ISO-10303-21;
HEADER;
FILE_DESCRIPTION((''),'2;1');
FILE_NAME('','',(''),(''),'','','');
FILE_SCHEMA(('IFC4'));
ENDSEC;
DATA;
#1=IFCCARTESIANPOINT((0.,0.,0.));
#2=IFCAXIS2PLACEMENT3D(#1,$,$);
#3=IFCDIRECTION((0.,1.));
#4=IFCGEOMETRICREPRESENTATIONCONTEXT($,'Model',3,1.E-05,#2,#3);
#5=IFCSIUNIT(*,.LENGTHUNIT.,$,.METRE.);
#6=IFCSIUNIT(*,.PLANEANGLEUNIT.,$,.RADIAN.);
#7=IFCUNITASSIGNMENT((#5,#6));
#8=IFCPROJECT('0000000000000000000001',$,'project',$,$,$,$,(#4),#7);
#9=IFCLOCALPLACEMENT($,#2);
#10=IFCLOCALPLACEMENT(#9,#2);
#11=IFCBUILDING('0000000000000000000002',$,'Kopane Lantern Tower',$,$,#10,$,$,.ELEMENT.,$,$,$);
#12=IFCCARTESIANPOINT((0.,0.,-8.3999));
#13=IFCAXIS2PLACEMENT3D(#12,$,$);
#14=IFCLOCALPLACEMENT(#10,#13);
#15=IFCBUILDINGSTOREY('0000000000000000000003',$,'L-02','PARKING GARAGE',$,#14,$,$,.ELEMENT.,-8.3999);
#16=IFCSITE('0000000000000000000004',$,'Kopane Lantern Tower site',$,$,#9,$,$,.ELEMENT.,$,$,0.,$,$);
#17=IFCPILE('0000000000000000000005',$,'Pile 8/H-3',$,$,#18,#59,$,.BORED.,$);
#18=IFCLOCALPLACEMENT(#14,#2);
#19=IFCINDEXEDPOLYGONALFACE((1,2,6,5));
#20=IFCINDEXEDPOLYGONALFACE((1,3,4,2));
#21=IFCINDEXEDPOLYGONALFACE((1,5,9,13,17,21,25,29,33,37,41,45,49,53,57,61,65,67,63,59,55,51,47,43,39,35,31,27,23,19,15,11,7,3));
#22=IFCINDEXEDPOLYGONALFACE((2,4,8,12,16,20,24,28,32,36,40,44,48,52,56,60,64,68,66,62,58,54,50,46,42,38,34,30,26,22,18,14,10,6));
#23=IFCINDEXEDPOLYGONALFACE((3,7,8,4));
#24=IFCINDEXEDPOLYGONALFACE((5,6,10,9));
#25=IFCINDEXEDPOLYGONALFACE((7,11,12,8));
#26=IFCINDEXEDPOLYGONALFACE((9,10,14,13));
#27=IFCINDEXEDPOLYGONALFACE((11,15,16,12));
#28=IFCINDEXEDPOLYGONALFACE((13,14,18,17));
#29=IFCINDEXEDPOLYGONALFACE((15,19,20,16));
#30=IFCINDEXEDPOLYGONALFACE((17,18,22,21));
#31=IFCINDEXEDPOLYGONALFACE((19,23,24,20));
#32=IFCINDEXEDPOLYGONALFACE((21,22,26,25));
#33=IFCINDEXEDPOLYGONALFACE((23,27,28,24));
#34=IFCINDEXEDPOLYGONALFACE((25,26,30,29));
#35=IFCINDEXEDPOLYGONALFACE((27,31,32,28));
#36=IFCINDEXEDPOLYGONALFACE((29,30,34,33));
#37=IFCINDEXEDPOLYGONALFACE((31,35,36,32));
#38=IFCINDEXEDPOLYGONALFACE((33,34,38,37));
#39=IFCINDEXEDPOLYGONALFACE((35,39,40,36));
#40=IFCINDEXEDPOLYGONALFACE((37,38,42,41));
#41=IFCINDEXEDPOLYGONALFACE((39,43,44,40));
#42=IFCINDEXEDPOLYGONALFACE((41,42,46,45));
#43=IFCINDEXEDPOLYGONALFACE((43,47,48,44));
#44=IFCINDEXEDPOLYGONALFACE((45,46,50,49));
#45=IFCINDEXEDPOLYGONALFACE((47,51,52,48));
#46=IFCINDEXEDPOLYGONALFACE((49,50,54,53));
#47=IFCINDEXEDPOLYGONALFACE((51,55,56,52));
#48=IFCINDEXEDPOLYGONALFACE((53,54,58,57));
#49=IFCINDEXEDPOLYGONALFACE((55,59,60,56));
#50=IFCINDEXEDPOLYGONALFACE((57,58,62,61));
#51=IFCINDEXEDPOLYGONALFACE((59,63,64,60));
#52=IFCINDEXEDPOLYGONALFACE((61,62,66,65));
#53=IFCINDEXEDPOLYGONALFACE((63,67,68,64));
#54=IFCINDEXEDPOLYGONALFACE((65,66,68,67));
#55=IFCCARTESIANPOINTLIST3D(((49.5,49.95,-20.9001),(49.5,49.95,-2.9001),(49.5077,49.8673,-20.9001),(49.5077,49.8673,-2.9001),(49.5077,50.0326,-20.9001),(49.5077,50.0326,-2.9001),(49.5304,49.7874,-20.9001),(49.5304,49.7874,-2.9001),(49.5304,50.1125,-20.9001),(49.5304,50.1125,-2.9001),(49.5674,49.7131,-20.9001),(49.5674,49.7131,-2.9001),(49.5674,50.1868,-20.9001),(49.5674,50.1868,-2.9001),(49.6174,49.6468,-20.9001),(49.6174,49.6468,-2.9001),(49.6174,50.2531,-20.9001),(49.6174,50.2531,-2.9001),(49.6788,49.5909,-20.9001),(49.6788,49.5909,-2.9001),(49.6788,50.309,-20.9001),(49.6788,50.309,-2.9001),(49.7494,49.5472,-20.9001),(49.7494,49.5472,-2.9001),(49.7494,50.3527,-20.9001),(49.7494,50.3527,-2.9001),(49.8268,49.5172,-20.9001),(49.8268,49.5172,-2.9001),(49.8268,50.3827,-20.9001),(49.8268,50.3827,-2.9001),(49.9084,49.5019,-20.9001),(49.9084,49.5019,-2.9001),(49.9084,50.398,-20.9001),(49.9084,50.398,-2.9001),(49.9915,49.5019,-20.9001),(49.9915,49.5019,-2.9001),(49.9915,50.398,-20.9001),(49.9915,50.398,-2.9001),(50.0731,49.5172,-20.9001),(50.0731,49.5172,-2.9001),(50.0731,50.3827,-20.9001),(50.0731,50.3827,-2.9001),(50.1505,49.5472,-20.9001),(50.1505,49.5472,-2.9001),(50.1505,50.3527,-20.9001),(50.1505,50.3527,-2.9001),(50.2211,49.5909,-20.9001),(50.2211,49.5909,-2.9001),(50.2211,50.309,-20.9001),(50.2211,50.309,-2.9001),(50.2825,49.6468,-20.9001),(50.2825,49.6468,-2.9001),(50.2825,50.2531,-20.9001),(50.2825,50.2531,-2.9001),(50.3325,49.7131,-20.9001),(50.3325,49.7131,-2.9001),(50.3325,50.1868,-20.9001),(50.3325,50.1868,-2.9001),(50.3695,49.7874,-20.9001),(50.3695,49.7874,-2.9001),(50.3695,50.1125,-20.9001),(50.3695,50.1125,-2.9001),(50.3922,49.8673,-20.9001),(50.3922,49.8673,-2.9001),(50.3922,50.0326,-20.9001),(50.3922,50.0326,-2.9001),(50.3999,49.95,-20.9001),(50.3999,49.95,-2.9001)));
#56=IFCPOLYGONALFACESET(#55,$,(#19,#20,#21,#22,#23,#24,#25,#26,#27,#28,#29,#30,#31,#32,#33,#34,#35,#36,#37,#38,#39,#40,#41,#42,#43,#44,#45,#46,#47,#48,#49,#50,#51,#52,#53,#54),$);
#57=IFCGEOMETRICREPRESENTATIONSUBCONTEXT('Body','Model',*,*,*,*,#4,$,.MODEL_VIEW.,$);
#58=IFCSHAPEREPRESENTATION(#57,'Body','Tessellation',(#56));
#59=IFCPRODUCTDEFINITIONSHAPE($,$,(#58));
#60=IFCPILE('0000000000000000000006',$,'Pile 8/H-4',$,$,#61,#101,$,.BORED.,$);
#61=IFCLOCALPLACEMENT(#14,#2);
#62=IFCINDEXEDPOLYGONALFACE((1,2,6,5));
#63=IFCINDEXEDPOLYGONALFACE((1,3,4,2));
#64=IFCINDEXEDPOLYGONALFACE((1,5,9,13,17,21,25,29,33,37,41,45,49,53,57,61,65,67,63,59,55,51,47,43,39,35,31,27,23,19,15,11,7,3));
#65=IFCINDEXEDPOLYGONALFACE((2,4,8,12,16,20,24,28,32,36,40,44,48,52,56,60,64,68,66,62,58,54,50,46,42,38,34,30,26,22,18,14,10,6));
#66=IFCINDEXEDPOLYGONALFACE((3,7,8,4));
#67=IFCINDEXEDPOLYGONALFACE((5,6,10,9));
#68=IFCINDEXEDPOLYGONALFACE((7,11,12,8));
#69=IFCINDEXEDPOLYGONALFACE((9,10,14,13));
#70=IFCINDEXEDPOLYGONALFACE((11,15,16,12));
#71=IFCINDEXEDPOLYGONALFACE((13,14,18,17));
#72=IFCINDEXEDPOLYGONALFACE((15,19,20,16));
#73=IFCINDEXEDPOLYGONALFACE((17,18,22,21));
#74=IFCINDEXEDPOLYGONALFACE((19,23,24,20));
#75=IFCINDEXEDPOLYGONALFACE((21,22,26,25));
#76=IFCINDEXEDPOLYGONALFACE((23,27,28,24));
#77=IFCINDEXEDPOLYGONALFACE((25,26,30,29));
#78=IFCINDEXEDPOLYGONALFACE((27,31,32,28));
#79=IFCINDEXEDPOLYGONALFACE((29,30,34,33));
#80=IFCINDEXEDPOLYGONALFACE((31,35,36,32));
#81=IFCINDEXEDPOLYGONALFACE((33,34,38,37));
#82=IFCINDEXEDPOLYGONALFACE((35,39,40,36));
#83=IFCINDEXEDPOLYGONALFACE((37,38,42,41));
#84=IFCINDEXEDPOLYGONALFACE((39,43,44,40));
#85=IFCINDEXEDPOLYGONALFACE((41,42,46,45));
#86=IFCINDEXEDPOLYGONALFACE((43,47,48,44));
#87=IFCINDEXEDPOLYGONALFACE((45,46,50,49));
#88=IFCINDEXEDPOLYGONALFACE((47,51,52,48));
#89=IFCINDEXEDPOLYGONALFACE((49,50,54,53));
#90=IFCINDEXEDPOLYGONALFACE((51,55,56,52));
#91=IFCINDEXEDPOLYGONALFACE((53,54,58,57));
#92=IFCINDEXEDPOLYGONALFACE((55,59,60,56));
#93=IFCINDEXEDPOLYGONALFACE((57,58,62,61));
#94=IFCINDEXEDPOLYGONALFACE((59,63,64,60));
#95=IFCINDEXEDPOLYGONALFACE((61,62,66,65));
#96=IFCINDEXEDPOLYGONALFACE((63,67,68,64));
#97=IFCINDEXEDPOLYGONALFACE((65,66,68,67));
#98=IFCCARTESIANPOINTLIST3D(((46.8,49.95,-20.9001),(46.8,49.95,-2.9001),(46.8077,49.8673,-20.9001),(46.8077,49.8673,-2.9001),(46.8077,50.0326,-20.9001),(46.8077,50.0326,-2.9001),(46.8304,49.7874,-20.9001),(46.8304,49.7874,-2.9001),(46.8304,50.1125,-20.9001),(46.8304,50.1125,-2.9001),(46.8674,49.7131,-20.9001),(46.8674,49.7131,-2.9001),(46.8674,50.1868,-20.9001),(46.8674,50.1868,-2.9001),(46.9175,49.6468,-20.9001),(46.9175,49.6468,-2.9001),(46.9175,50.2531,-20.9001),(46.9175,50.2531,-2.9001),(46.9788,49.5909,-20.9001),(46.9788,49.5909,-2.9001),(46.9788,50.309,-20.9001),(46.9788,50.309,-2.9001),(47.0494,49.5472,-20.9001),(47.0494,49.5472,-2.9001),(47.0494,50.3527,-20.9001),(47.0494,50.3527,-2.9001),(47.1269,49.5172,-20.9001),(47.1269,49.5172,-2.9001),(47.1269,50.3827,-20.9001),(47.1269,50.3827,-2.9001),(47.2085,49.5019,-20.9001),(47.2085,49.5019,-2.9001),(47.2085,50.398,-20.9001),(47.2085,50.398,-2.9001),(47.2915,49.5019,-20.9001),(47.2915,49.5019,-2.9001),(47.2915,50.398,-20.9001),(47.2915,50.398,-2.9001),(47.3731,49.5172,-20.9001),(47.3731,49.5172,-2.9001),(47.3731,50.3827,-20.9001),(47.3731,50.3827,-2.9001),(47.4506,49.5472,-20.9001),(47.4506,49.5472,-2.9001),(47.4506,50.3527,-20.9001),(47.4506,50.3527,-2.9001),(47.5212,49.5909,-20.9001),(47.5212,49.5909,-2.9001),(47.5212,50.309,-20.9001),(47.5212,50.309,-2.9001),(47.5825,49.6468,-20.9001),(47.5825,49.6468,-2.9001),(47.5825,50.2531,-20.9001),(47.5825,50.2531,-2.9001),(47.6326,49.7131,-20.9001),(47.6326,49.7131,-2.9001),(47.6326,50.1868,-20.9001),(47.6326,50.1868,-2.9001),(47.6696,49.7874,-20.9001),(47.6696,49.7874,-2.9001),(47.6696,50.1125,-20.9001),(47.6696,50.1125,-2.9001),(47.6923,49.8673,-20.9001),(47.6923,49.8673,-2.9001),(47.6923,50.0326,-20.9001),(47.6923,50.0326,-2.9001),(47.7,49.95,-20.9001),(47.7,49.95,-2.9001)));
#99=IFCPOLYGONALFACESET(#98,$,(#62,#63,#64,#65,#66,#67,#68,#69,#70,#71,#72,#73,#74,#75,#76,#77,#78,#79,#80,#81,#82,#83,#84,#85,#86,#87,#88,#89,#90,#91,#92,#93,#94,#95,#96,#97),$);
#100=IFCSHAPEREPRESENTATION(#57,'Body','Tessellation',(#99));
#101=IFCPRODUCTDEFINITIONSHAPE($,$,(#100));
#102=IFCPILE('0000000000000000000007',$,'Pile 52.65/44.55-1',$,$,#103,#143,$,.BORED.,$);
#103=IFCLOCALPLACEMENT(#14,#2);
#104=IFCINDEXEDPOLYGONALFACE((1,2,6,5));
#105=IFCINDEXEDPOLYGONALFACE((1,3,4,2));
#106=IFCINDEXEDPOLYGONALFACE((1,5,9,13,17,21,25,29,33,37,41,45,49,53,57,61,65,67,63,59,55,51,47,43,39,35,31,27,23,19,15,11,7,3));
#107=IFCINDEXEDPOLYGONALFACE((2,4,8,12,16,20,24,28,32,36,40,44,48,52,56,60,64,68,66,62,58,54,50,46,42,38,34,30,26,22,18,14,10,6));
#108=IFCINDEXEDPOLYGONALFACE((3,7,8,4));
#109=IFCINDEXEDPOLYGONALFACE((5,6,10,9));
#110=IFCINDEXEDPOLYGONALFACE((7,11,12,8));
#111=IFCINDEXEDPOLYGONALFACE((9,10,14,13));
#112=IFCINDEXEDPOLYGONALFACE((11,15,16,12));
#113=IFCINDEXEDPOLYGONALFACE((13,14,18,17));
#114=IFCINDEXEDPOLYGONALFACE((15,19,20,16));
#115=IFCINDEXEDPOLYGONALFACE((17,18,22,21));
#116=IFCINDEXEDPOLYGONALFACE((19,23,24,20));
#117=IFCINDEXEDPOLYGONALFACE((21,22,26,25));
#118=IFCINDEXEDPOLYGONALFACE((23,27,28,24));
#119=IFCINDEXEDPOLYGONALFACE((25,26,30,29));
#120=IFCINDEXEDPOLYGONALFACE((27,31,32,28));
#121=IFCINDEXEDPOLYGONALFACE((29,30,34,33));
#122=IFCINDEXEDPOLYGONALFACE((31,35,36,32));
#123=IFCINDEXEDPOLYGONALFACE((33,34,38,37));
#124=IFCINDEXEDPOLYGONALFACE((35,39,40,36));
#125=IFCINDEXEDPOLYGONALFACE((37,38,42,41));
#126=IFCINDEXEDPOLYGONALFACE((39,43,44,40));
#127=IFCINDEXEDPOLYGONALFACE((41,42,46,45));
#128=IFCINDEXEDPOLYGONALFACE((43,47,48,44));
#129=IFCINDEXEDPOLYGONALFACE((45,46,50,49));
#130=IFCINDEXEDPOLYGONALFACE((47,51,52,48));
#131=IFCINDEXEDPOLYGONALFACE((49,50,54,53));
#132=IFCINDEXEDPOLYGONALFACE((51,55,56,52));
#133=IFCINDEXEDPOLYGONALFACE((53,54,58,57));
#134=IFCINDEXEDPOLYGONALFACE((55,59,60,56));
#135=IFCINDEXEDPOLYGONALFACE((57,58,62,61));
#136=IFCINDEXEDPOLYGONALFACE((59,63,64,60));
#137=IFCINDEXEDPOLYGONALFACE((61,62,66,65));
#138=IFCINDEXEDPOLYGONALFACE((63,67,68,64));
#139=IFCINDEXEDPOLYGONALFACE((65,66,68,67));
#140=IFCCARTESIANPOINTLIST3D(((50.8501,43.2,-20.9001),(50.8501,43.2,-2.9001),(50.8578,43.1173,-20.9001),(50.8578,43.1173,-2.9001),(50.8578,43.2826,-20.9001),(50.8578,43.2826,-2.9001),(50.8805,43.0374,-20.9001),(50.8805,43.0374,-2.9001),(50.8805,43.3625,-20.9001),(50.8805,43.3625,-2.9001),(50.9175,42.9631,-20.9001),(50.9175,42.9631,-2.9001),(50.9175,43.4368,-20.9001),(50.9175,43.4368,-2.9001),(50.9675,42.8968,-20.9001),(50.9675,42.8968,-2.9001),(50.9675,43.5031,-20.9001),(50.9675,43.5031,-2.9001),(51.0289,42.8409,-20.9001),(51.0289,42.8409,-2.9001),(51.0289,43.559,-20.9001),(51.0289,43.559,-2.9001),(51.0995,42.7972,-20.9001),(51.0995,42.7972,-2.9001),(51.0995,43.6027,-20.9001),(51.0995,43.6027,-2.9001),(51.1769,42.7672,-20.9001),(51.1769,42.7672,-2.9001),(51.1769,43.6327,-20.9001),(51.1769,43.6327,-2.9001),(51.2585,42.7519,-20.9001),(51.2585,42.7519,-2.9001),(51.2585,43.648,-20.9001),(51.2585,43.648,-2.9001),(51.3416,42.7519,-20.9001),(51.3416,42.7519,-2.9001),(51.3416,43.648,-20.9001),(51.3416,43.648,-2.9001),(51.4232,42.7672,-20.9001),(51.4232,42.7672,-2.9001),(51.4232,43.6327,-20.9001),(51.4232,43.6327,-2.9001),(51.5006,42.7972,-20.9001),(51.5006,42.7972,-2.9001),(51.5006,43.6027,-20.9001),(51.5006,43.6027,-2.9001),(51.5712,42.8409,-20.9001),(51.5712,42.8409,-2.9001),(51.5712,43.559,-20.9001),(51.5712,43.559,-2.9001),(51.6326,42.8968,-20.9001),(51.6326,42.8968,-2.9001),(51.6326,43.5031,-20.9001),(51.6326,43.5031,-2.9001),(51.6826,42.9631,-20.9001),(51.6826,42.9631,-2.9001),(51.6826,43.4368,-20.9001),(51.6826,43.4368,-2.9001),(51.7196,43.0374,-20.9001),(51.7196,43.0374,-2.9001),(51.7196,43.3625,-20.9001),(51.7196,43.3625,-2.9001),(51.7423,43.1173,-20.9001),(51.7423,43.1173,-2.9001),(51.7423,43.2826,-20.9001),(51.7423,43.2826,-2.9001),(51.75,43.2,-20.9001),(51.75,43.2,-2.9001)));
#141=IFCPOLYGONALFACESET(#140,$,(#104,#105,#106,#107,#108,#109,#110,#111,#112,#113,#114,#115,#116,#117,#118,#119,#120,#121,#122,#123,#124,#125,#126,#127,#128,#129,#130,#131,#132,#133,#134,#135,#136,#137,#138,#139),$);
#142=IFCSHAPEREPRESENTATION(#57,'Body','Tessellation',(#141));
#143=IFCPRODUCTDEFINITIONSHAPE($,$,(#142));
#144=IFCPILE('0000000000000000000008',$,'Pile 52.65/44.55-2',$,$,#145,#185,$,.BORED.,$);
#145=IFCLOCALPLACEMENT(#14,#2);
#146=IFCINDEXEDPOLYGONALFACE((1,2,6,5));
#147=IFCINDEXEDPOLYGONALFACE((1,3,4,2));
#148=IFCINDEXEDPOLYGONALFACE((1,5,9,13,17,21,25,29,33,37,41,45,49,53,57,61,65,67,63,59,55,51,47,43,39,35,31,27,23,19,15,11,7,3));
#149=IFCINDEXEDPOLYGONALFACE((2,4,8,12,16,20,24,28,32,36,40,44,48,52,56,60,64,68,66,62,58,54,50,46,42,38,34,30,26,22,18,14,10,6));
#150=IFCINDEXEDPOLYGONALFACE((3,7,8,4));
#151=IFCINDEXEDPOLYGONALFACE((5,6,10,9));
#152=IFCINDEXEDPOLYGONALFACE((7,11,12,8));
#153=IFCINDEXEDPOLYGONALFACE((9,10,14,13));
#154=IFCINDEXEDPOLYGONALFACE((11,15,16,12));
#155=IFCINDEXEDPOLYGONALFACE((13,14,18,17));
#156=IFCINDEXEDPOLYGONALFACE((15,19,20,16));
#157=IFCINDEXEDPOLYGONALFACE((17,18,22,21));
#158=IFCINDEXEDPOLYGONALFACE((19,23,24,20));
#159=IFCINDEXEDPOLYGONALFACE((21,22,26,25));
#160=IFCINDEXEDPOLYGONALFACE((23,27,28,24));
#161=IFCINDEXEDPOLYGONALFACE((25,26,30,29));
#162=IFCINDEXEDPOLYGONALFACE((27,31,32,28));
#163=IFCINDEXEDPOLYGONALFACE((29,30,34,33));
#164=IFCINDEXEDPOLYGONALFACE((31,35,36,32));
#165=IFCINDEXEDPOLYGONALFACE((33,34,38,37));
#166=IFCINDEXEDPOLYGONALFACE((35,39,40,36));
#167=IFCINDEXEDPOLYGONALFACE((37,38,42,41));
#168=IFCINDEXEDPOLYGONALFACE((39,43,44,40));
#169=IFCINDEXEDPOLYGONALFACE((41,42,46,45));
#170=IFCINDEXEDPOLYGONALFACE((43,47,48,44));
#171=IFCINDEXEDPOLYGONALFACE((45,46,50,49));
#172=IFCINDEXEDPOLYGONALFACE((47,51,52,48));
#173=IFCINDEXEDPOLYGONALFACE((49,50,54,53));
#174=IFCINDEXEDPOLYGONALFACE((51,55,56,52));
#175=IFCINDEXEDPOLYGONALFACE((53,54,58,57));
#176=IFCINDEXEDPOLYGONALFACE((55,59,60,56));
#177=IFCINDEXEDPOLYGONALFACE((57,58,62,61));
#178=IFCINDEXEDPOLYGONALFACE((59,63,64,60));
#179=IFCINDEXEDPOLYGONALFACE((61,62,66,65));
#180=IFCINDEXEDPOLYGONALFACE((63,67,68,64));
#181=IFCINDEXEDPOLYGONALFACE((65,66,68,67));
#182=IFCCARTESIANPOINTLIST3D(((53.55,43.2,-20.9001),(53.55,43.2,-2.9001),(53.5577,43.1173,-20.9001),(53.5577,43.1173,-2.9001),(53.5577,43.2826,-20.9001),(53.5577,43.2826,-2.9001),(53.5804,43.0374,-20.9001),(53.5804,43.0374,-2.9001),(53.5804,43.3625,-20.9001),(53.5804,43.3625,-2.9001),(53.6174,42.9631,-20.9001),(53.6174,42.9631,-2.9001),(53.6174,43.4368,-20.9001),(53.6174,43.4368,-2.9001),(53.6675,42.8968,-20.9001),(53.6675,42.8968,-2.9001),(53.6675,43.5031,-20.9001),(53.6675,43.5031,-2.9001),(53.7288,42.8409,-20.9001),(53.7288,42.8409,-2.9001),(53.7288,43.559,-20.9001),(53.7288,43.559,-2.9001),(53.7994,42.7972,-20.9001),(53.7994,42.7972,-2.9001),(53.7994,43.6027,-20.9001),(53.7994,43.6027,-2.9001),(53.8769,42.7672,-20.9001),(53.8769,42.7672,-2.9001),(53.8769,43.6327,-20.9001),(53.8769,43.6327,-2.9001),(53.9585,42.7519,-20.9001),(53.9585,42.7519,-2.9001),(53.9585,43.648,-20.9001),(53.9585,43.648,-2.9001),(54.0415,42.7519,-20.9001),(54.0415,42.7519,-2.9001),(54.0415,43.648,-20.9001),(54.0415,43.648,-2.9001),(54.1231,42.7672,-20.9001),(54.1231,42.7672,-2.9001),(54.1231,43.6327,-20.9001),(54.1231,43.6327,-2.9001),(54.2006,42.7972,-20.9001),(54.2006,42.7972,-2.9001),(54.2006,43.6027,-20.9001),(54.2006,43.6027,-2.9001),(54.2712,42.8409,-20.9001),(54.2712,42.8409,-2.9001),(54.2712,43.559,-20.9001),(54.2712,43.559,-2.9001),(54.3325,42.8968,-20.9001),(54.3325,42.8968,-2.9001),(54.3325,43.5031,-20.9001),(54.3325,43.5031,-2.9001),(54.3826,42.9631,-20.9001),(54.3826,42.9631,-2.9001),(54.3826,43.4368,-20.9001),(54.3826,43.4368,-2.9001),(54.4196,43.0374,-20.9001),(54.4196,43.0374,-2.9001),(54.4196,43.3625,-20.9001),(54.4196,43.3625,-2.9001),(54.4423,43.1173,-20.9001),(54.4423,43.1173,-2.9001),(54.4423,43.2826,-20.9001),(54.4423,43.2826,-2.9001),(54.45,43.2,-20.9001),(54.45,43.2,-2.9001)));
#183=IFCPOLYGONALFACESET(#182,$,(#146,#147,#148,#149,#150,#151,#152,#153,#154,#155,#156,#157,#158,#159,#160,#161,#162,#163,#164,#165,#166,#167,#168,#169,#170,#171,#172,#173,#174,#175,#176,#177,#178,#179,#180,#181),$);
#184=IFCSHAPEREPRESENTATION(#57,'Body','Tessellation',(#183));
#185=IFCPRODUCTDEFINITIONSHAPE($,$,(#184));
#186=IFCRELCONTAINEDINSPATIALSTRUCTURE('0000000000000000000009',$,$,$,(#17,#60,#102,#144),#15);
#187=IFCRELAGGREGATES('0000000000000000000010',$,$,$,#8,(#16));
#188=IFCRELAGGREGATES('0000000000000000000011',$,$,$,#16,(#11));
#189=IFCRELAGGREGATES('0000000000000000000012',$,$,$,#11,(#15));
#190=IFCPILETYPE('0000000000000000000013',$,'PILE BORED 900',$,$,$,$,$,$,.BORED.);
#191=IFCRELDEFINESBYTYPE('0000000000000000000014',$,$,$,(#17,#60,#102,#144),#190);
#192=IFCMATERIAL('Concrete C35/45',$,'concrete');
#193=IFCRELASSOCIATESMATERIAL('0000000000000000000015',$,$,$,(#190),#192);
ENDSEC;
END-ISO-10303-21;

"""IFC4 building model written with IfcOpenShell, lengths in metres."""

from ifc_helpers import new_model, si_unit, direction, frame, origin, origin_2d, place, context, subcontext, project, spatial, circle, extrude, material, material_profile, profile_set, type_object, element, save


model = new_model("IFC4")

# Units and contexts
model_context = context("Model", 3, precision=1e-05, world=origin(), true_north=direction((0.0, 1.0)))
body_context = subcontext(model_context, "Body", "Model", "MODEL_VIEW")
ifc_project = project(units=[si_unit("LENGTHUNIT", "METRE"), si_unit("PLANEANGLEUNIT", "RADIAN")], contexts=[model_context])

# Site, building, storey
site_placement = place(None, origin())
site = spatial("IfcSite", under=ifc_project, at=site_placement, Name="Kopane Lantern Tower site", CompositionType="ELEMENT", RefElevation=0.0)
building_placement = place(site_placement, origin())
building = spatial("IfcBuilding", under=site, at=building_placement, Name="Kopane Lantern Tower", CompositionType="ELEMENT")
storey_placement = place(building_placement, frame((0.0, 0.0, -8.3999)))
storey = spatial("IfcBuildingStorey", under=building, at=storey_placement, Name="L-02", Description="PARKING GARAGE", CompositionType="ELEMENT", Elevation=-8.3999)

# Piles
ifc_material_1 = material(Name="Concrete C35/45", Category="concrete")
ifc_material_profile_1 = material_profile(ifc_material_1, circle(Radius=0.45, at=origin_2d()), Name="D900")
ifc_profile_set_1 = profile_set([ifc_material_profile_1], Name="Concrete C35/45")
pile_type_1 = type_object("IfcPileType", Name="PILE BORED 900", PredefinedType="BORED", material=ifc_profile_set_1)
for number, where, z_axis, x_axis, name in (
    (1, (49.95, 49.95, -2.9001), (0.0, 0.0, -1.0), (1.0, 0.0, 0.0), "Pile 8/H-3"),
    (2, (47.25, 49.95, -2.9001), (0.0, 0.0, -1.0), (1.0, 0.0, 0.0), "Pile 8/H-4"),
    (3, (51.3, 43.2, -2.9001), (0.0, 0.0, -1.0), (1.0, 0.0, 0.0), "Pile 52.65/44.55-1"),
    (4, (54.0, 43.2, -2.9001), (0.0, 0.0, -1.0), (1.0, 0.0, 0.0), "Pile 52.65/44.55-2"),
):
    element("IfcPile", number, at=place(storey_placement, frame(where, z_axis=z_axis, x_axis=x_axis)), inside=storey, type_object=pile_type_1, Name=name, PredefinedType="BORED", context=body_context, shape_type="SweptSolid", body=[
        extrude(circle(Radius=0.45, at=origin_2d()), origin(), (0.0, 0.0, 1.0), 18.0),
    ])

save(model, "model.ifc")
